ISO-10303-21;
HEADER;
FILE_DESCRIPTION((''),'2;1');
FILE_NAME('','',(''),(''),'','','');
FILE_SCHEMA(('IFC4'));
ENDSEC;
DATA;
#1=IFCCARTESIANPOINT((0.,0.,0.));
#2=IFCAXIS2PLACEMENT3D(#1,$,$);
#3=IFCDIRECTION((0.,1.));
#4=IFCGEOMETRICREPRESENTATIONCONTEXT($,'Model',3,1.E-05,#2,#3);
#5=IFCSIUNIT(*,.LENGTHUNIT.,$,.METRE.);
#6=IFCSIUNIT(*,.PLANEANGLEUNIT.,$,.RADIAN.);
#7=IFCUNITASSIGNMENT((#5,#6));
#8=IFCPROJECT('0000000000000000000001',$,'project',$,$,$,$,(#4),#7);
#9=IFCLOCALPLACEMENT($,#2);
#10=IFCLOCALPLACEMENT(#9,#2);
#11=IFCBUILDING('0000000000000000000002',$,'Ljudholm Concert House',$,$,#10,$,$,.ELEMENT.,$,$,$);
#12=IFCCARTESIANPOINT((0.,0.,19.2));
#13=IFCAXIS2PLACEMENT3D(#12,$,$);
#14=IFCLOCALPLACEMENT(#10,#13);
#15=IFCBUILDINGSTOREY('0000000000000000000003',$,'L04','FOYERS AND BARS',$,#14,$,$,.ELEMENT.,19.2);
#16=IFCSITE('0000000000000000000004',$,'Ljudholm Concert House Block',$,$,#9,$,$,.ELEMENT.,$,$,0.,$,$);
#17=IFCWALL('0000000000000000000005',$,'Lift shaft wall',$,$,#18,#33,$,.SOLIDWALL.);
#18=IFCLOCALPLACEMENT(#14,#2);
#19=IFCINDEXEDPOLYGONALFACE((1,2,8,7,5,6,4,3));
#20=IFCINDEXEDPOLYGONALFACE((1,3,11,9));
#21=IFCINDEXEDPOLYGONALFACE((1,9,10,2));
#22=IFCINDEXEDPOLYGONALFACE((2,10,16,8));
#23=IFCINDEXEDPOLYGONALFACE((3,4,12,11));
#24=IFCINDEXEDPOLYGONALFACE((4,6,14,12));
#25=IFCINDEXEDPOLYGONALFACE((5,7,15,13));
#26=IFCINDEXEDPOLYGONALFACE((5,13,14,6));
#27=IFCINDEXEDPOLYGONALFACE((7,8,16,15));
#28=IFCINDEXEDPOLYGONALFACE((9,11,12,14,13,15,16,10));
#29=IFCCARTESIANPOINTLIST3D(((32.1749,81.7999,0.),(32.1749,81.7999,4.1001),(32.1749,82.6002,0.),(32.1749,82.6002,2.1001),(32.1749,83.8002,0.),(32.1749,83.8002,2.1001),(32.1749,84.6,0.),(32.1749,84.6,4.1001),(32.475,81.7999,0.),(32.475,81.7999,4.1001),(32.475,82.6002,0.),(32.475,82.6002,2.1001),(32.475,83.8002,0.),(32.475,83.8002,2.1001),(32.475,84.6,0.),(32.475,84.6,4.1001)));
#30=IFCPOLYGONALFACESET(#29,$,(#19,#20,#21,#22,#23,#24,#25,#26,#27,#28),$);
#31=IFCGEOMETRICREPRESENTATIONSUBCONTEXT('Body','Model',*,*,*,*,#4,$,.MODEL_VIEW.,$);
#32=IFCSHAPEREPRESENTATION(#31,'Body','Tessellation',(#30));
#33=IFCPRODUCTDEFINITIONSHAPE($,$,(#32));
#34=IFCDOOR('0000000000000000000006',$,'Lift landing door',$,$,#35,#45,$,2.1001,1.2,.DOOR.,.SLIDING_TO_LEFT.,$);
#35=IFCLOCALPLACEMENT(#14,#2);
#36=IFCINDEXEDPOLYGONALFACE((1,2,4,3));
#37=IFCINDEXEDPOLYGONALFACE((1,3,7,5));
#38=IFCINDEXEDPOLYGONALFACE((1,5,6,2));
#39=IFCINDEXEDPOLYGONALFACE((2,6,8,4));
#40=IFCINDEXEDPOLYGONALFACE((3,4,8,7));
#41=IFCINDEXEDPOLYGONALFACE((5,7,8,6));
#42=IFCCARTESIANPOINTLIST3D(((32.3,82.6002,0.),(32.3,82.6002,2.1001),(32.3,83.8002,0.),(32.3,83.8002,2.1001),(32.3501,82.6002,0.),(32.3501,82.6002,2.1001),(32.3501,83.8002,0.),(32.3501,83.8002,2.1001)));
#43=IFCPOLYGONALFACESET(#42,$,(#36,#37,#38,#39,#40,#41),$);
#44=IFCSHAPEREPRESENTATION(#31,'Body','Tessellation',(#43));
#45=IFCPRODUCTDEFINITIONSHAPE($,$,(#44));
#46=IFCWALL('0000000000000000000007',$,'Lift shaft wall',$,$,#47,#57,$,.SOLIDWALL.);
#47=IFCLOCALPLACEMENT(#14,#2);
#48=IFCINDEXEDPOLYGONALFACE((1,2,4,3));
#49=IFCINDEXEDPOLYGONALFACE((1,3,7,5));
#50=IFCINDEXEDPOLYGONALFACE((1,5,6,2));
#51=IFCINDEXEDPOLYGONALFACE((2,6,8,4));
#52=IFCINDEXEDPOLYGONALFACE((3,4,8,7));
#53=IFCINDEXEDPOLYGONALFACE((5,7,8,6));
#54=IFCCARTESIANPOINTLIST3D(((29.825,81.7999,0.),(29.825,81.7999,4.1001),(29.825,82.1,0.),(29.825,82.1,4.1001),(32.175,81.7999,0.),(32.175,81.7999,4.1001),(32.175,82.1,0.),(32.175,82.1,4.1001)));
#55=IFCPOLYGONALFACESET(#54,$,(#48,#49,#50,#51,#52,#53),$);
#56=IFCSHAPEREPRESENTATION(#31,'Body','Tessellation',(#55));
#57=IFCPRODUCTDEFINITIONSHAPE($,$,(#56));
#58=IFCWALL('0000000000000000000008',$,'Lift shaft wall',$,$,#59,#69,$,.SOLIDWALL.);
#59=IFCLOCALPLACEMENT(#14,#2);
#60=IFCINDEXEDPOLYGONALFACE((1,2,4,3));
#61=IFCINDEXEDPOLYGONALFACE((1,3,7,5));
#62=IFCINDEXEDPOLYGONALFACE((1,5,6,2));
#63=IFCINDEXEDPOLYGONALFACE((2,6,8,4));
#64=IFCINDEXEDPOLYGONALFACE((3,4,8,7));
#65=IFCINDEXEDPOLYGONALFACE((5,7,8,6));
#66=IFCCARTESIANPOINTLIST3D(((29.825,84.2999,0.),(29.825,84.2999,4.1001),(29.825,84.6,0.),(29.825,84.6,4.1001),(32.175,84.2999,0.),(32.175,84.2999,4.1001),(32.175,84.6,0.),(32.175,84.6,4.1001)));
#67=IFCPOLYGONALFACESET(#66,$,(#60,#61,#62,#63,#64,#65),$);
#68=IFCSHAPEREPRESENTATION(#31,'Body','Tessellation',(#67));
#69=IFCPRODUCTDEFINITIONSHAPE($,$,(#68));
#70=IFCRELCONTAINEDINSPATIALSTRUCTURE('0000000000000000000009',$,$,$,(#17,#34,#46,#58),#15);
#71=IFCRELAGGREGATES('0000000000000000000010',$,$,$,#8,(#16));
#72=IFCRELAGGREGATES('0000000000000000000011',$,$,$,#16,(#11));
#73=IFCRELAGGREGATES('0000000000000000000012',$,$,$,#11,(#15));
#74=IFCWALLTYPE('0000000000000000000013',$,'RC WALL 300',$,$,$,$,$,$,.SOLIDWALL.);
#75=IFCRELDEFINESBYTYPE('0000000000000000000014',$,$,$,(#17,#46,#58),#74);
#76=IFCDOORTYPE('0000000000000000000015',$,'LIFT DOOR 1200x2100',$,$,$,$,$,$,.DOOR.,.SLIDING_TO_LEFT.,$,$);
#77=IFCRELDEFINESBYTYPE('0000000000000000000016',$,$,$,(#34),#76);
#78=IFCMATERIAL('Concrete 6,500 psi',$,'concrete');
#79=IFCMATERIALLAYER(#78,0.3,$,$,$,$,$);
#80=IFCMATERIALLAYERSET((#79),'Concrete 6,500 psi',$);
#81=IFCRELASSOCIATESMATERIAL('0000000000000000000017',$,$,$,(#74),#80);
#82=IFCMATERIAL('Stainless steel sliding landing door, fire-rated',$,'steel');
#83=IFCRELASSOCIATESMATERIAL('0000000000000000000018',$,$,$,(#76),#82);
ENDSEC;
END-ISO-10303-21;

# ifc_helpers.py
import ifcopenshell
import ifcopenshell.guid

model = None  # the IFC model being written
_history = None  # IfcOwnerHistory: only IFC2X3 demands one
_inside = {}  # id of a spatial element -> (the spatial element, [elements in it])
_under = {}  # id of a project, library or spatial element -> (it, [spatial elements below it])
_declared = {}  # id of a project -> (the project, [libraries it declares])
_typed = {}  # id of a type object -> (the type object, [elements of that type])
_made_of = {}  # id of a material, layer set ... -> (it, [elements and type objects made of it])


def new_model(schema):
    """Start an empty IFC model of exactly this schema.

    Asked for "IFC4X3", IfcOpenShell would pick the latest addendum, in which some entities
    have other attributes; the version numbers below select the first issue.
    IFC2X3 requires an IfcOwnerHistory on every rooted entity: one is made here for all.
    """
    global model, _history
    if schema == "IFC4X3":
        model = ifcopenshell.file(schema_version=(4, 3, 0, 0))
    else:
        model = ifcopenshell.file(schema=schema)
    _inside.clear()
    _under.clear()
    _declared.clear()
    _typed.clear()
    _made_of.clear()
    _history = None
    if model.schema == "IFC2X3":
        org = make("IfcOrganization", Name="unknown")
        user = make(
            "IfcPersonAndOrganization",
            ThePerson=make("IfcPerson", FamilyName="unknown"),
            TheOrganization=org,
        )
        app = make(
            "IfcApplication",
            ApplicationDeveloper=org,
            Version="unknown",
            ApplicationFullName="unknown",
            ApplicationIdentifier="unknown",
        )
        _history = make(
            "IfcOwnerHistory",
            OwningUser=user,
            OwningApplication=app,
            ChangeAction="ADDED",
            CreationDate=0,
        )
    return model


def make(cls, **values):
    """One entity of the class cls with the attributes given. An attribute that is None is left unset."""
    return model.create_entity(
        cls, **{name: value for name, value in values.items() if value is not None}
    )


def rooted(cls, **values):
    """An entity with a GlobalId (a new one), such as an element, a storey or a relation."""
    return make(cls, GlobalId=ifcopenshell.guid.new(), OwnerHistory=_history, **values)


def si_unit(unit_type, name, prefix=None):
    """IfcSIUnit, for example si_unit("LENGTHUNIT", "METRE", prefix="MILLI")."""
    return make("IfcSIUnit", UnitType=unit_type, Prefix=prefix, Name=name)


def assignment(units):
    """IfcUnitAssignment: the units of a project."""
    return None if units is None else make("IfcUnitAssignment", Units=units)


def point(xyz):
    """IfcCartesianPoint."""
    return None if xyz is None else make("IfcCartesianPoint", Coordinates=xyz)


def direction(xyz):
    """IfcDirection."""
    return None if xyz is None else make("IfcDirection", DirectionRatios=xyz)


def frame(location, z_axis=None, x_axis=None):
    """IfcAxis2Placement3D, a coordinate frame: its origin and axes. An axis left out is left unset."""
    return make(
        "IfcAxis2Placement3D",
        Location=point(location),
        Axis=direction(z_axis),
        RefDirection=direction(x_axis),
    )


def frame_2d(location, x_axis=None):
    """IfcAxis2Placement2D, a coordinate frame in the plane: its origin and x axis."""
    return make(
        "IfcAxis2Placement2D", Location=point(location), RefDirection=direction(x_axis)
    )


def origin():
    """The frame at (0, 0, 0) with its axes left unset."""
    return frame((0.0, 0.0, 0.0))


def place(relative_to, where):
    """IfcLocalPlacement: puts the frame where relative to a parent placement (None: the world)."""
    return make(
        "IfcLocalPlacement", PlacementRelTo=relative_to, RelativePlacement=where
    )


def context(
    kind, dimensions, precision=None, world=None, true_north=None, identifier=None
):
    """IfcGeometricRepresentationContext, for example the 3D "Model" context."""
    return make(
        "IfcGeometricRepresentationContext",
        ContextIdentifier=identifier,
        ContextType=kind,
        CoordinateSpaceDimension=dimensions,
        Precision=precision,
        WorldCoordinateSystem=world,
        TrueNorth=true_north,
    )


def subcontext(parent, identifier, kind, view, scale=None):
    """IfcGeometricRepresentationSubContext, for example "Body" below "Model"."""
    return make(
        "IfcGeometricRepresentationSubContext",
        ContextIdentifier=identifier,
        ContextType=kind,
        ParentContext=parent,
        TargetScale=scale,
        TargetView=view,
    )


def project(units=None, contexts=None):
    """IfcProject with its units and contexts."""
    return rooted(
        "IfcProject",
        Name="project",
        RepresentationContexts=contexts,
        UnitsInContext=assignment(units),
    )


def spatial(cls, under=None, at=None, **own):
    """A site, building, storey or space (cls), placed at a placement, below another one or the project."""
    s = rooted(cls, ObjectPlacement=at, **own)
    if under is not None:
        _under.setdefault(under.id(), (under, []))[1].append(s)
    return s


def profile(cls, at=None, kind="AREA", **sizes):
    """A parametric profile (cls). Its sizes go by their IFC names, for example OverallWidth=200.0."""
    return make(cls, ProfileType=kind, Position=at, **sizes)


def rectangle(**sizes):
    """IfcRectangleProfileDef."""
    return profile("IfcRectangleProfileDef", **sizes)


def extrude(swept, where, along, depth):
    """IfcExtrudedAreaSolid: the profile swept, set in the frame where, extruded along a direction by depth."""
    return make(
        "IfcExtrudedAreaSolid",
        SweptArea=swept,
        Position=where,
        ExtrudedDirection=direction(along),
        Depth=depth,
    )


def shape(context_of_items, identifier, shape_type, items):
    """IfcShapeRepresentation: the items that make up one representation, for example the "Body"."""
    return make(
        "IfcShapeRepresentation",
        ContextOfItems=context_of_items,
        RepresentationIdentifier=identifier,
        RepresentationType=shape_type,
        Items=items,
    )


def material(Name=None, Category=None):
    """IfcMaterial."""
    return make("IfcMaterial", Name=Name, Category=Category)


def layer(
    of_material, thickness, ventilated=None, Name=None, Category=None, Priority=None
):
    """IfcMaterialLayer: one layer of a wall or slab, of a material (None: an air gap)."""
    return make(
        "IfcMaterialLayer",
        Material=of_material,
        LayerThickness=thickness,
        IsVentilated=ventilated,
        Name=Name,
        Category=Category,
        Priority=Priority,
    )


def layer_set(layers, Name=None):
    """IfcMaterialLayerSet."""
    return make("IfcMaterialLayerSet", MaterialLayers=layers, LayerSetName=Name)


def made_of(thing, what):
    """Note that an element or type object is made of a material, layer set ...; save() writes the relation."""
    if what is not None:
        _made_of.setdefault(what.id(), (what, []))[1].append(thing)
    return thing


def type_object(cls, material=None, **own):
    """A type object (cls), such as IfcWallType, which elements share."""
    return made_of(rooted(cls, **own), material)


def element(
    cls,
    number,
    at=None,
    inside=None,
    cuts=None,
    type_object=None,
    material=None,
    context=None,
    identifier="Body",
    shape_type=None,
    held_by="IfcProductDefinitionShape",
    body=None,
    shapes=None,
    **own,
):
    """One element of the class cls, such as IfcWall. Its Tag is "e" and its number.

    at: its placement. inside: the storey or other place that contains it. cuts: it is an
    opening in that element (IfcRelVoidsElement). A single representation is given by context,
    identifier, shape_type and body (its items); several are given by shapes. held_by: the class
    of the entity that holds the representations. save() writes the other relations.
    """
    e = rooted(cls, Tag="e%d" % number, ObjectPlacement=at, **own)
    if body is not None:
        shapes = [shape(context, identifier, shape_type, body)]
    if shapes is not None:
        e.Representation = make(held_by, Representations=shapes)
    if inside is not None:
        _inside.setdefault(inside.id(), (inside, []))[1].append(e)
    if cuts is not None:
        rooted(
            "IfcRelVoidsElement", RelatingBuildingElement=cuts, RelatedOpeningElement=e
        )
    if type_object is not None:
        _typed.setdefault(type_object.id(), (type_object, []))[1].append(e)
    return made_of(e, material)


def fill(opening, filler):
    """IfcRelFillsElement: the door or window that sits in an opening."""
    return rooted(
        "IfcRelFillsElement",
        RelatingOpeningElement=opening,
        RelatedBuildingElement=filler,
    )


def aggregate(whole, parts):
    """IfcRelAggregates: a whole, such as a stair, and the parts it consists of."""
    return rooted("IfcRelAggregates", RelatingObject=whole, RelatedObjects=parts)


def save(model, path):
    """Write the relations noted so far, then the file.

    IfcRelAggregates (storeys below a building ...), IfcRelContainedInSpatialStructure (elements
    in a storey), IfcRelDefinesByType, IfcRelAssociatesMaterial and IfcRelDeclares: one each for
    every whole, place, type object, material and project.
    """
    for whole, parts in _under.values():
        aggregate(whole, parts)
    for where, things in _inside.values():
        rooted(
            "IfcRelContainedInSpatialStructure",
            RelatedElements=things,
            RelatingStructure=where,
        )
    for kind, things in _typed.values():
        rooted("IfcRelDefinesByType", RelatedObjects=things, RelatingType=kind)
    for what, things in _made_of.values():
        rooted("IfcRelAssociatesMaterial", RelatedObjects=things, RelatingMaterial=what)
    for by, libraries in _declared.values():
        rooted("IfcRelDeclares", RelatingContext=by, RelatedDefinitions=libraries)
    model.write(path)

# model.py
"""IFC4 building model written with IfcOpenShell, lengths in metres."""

from ifc_helpers import new_model, si_unit, direction, frame, frame_2d, origin, place, context, subcontext, project, spatial, rectangle, extrude, material, layer, layer_set, type_object, element, fill, save


model = new_model("IFC4")

# Units and contexts
model_context = context("Model", 3, precision=1e-05, world=origin(), true_north=direction((0.0, 1.0)))
body_context = subcontext(model_context, "Body", "Model", "MODEL_VIEW")
ifc_project = project(units=[si_unit("LENGTHUNIT", "METRE"), si_unit("PLANEANGLEUNIT", "RADIAN")], contexts=[model_context])

# Site, building, storey
site_placement = place(None, origin())
site = spatial("IfcSite", under=ifc_project, at=site_placement, Name="Ljudholm Concert House Block", CompositionType="ELEMENT", RefElevation=0.0)
building_placement = place(site_placement, origin())
building = spatial("IfcBuilding", under=site, at=building_placement, Name="Ljudholm Concert House", CompositionType="ELEMENT")
storey_placement = place(building_placement, frame((0.0, 0.0, 19.2)))
storey = spatial("IfcBuildingStorey", under=building, at=storey_placement, Name="L04", Description="FOYERS AND BARS", CompositionType="ELEMENT", Elevation=19.2)

# Shared definitions
ifc_material_1 = material(Name="Concrete 6,500 psi", Category="concrete")
ifc_layer = layer(ifc_material_1, 0.3)
ifc_layer_set = layer_set([ifc_layer], Name="Concrete 6,500 psi")
wall_type = type_object("IfcWallType", Name="RC WALL 300", PredefinedType="SOLIDWALL", material=ifc_layer_set)

# Wall, opening, door
wall_1_placement = place(storey_placement, frame((32.325, 81.8, 0.0), z_axis=(0.0, 0.0, 1.0), x_axis=(0.0, 1.0, 0.0)))
wall_1 = element("IfcWall", 1, at=wall_1_placement, inside=storey, type_object=wall_type, Name="Lift shaft wall", PredefinedType="SOLIDWALL", context=body_context, shape_type="SweptSolid", body=[
    extrude(rectangle(XDim=2.8, YDim=0.3, at=frame_2d((1.3999, 0.0))), origin(), (0.0, 0.0, 1.0), 4.1001),
])
opening_placement = place(wall_1_placement, frame((0.8, 0.0, 0.0)))
opening = element("IfcOpeningElement", 2, at=opening_placement, cuts=wall_1, PredefinedType="OPENING", context=body_context, shape_type="SweptSolid", body=[
    extrude(rectangle(XDim=1.2, YDim=2.1001, at=frame_2d((0.6001, 1.05))), frame((0.0, 0.1599, 0.0), z_axis=(0.0, -1.0, 0.0), x_axis=(1.0, 0.0, 0.0)), (0.0, 0.0, 1.0), 0.3201),
])
ifc_material_2 = material(Name="Stainless steel sliding landing door, fire-rated", Category="steel")
door_type = type_object("IfcDoorType", Name="LIFT DOOR 1200x2100", OperationType="SLIDING_TO_LEFT", PredefinedType="DOOR", material=ifc_material_2)
door_placement = place(opening_placement, origin())
door = element("IfcDoor", 3, at=door_placement, inside=storey, type_object=door_type, Name="Lift landing door", OperationType="SLIDING_TO_LEFT", OverallHeight=2.1001, OverallWidth=1.2, PredefinedType="DOOR", context=body_context, shape_type="SweptSolid", body=[
    extrude(rectangle(XDim=1.2, YDim=2.1001, at=frame_2d((0.6001, 1.05))), frame((0.0, 0.0249, 0.0), z_axis=(0.0, -1.0, 0.0), x_axis=(1.0, 0.0, 0.0)), (0.0, 0.0, 1.0), 0.05),
])
fill(opening, door)

# Walls
for number, where, z_axis, x_axis, name in (
    (4, (29.825, 81.95, 0.0), (0.0, 0.0, 1.0), (1.0, 0.0, 0.0), "Lift shaft wall"),
    (5, (29.825, 84.45, 0.0), (0.0, 0.0, 1.0), (1.0, 0.0, 0.0), "Lift shaft wall"),
):
    element("IfcWall", number, at=place(storey_placement, frame(where, z_axis=z_axis, x_axis=x_axis)), inside=storey, type_object=wall_type, Name=name, PredefinedType="SOLIDWALL", context=body_context, shape_type="SweptSolid", body=[
        extrude(rectangle(XDim=2.3501, YDim=0.3, at=frame_2d((1.175, 0.0))), origin(), (0.0, 0.0, 1.0), 4.1001),
    ])

save(model, "model.ifc")
